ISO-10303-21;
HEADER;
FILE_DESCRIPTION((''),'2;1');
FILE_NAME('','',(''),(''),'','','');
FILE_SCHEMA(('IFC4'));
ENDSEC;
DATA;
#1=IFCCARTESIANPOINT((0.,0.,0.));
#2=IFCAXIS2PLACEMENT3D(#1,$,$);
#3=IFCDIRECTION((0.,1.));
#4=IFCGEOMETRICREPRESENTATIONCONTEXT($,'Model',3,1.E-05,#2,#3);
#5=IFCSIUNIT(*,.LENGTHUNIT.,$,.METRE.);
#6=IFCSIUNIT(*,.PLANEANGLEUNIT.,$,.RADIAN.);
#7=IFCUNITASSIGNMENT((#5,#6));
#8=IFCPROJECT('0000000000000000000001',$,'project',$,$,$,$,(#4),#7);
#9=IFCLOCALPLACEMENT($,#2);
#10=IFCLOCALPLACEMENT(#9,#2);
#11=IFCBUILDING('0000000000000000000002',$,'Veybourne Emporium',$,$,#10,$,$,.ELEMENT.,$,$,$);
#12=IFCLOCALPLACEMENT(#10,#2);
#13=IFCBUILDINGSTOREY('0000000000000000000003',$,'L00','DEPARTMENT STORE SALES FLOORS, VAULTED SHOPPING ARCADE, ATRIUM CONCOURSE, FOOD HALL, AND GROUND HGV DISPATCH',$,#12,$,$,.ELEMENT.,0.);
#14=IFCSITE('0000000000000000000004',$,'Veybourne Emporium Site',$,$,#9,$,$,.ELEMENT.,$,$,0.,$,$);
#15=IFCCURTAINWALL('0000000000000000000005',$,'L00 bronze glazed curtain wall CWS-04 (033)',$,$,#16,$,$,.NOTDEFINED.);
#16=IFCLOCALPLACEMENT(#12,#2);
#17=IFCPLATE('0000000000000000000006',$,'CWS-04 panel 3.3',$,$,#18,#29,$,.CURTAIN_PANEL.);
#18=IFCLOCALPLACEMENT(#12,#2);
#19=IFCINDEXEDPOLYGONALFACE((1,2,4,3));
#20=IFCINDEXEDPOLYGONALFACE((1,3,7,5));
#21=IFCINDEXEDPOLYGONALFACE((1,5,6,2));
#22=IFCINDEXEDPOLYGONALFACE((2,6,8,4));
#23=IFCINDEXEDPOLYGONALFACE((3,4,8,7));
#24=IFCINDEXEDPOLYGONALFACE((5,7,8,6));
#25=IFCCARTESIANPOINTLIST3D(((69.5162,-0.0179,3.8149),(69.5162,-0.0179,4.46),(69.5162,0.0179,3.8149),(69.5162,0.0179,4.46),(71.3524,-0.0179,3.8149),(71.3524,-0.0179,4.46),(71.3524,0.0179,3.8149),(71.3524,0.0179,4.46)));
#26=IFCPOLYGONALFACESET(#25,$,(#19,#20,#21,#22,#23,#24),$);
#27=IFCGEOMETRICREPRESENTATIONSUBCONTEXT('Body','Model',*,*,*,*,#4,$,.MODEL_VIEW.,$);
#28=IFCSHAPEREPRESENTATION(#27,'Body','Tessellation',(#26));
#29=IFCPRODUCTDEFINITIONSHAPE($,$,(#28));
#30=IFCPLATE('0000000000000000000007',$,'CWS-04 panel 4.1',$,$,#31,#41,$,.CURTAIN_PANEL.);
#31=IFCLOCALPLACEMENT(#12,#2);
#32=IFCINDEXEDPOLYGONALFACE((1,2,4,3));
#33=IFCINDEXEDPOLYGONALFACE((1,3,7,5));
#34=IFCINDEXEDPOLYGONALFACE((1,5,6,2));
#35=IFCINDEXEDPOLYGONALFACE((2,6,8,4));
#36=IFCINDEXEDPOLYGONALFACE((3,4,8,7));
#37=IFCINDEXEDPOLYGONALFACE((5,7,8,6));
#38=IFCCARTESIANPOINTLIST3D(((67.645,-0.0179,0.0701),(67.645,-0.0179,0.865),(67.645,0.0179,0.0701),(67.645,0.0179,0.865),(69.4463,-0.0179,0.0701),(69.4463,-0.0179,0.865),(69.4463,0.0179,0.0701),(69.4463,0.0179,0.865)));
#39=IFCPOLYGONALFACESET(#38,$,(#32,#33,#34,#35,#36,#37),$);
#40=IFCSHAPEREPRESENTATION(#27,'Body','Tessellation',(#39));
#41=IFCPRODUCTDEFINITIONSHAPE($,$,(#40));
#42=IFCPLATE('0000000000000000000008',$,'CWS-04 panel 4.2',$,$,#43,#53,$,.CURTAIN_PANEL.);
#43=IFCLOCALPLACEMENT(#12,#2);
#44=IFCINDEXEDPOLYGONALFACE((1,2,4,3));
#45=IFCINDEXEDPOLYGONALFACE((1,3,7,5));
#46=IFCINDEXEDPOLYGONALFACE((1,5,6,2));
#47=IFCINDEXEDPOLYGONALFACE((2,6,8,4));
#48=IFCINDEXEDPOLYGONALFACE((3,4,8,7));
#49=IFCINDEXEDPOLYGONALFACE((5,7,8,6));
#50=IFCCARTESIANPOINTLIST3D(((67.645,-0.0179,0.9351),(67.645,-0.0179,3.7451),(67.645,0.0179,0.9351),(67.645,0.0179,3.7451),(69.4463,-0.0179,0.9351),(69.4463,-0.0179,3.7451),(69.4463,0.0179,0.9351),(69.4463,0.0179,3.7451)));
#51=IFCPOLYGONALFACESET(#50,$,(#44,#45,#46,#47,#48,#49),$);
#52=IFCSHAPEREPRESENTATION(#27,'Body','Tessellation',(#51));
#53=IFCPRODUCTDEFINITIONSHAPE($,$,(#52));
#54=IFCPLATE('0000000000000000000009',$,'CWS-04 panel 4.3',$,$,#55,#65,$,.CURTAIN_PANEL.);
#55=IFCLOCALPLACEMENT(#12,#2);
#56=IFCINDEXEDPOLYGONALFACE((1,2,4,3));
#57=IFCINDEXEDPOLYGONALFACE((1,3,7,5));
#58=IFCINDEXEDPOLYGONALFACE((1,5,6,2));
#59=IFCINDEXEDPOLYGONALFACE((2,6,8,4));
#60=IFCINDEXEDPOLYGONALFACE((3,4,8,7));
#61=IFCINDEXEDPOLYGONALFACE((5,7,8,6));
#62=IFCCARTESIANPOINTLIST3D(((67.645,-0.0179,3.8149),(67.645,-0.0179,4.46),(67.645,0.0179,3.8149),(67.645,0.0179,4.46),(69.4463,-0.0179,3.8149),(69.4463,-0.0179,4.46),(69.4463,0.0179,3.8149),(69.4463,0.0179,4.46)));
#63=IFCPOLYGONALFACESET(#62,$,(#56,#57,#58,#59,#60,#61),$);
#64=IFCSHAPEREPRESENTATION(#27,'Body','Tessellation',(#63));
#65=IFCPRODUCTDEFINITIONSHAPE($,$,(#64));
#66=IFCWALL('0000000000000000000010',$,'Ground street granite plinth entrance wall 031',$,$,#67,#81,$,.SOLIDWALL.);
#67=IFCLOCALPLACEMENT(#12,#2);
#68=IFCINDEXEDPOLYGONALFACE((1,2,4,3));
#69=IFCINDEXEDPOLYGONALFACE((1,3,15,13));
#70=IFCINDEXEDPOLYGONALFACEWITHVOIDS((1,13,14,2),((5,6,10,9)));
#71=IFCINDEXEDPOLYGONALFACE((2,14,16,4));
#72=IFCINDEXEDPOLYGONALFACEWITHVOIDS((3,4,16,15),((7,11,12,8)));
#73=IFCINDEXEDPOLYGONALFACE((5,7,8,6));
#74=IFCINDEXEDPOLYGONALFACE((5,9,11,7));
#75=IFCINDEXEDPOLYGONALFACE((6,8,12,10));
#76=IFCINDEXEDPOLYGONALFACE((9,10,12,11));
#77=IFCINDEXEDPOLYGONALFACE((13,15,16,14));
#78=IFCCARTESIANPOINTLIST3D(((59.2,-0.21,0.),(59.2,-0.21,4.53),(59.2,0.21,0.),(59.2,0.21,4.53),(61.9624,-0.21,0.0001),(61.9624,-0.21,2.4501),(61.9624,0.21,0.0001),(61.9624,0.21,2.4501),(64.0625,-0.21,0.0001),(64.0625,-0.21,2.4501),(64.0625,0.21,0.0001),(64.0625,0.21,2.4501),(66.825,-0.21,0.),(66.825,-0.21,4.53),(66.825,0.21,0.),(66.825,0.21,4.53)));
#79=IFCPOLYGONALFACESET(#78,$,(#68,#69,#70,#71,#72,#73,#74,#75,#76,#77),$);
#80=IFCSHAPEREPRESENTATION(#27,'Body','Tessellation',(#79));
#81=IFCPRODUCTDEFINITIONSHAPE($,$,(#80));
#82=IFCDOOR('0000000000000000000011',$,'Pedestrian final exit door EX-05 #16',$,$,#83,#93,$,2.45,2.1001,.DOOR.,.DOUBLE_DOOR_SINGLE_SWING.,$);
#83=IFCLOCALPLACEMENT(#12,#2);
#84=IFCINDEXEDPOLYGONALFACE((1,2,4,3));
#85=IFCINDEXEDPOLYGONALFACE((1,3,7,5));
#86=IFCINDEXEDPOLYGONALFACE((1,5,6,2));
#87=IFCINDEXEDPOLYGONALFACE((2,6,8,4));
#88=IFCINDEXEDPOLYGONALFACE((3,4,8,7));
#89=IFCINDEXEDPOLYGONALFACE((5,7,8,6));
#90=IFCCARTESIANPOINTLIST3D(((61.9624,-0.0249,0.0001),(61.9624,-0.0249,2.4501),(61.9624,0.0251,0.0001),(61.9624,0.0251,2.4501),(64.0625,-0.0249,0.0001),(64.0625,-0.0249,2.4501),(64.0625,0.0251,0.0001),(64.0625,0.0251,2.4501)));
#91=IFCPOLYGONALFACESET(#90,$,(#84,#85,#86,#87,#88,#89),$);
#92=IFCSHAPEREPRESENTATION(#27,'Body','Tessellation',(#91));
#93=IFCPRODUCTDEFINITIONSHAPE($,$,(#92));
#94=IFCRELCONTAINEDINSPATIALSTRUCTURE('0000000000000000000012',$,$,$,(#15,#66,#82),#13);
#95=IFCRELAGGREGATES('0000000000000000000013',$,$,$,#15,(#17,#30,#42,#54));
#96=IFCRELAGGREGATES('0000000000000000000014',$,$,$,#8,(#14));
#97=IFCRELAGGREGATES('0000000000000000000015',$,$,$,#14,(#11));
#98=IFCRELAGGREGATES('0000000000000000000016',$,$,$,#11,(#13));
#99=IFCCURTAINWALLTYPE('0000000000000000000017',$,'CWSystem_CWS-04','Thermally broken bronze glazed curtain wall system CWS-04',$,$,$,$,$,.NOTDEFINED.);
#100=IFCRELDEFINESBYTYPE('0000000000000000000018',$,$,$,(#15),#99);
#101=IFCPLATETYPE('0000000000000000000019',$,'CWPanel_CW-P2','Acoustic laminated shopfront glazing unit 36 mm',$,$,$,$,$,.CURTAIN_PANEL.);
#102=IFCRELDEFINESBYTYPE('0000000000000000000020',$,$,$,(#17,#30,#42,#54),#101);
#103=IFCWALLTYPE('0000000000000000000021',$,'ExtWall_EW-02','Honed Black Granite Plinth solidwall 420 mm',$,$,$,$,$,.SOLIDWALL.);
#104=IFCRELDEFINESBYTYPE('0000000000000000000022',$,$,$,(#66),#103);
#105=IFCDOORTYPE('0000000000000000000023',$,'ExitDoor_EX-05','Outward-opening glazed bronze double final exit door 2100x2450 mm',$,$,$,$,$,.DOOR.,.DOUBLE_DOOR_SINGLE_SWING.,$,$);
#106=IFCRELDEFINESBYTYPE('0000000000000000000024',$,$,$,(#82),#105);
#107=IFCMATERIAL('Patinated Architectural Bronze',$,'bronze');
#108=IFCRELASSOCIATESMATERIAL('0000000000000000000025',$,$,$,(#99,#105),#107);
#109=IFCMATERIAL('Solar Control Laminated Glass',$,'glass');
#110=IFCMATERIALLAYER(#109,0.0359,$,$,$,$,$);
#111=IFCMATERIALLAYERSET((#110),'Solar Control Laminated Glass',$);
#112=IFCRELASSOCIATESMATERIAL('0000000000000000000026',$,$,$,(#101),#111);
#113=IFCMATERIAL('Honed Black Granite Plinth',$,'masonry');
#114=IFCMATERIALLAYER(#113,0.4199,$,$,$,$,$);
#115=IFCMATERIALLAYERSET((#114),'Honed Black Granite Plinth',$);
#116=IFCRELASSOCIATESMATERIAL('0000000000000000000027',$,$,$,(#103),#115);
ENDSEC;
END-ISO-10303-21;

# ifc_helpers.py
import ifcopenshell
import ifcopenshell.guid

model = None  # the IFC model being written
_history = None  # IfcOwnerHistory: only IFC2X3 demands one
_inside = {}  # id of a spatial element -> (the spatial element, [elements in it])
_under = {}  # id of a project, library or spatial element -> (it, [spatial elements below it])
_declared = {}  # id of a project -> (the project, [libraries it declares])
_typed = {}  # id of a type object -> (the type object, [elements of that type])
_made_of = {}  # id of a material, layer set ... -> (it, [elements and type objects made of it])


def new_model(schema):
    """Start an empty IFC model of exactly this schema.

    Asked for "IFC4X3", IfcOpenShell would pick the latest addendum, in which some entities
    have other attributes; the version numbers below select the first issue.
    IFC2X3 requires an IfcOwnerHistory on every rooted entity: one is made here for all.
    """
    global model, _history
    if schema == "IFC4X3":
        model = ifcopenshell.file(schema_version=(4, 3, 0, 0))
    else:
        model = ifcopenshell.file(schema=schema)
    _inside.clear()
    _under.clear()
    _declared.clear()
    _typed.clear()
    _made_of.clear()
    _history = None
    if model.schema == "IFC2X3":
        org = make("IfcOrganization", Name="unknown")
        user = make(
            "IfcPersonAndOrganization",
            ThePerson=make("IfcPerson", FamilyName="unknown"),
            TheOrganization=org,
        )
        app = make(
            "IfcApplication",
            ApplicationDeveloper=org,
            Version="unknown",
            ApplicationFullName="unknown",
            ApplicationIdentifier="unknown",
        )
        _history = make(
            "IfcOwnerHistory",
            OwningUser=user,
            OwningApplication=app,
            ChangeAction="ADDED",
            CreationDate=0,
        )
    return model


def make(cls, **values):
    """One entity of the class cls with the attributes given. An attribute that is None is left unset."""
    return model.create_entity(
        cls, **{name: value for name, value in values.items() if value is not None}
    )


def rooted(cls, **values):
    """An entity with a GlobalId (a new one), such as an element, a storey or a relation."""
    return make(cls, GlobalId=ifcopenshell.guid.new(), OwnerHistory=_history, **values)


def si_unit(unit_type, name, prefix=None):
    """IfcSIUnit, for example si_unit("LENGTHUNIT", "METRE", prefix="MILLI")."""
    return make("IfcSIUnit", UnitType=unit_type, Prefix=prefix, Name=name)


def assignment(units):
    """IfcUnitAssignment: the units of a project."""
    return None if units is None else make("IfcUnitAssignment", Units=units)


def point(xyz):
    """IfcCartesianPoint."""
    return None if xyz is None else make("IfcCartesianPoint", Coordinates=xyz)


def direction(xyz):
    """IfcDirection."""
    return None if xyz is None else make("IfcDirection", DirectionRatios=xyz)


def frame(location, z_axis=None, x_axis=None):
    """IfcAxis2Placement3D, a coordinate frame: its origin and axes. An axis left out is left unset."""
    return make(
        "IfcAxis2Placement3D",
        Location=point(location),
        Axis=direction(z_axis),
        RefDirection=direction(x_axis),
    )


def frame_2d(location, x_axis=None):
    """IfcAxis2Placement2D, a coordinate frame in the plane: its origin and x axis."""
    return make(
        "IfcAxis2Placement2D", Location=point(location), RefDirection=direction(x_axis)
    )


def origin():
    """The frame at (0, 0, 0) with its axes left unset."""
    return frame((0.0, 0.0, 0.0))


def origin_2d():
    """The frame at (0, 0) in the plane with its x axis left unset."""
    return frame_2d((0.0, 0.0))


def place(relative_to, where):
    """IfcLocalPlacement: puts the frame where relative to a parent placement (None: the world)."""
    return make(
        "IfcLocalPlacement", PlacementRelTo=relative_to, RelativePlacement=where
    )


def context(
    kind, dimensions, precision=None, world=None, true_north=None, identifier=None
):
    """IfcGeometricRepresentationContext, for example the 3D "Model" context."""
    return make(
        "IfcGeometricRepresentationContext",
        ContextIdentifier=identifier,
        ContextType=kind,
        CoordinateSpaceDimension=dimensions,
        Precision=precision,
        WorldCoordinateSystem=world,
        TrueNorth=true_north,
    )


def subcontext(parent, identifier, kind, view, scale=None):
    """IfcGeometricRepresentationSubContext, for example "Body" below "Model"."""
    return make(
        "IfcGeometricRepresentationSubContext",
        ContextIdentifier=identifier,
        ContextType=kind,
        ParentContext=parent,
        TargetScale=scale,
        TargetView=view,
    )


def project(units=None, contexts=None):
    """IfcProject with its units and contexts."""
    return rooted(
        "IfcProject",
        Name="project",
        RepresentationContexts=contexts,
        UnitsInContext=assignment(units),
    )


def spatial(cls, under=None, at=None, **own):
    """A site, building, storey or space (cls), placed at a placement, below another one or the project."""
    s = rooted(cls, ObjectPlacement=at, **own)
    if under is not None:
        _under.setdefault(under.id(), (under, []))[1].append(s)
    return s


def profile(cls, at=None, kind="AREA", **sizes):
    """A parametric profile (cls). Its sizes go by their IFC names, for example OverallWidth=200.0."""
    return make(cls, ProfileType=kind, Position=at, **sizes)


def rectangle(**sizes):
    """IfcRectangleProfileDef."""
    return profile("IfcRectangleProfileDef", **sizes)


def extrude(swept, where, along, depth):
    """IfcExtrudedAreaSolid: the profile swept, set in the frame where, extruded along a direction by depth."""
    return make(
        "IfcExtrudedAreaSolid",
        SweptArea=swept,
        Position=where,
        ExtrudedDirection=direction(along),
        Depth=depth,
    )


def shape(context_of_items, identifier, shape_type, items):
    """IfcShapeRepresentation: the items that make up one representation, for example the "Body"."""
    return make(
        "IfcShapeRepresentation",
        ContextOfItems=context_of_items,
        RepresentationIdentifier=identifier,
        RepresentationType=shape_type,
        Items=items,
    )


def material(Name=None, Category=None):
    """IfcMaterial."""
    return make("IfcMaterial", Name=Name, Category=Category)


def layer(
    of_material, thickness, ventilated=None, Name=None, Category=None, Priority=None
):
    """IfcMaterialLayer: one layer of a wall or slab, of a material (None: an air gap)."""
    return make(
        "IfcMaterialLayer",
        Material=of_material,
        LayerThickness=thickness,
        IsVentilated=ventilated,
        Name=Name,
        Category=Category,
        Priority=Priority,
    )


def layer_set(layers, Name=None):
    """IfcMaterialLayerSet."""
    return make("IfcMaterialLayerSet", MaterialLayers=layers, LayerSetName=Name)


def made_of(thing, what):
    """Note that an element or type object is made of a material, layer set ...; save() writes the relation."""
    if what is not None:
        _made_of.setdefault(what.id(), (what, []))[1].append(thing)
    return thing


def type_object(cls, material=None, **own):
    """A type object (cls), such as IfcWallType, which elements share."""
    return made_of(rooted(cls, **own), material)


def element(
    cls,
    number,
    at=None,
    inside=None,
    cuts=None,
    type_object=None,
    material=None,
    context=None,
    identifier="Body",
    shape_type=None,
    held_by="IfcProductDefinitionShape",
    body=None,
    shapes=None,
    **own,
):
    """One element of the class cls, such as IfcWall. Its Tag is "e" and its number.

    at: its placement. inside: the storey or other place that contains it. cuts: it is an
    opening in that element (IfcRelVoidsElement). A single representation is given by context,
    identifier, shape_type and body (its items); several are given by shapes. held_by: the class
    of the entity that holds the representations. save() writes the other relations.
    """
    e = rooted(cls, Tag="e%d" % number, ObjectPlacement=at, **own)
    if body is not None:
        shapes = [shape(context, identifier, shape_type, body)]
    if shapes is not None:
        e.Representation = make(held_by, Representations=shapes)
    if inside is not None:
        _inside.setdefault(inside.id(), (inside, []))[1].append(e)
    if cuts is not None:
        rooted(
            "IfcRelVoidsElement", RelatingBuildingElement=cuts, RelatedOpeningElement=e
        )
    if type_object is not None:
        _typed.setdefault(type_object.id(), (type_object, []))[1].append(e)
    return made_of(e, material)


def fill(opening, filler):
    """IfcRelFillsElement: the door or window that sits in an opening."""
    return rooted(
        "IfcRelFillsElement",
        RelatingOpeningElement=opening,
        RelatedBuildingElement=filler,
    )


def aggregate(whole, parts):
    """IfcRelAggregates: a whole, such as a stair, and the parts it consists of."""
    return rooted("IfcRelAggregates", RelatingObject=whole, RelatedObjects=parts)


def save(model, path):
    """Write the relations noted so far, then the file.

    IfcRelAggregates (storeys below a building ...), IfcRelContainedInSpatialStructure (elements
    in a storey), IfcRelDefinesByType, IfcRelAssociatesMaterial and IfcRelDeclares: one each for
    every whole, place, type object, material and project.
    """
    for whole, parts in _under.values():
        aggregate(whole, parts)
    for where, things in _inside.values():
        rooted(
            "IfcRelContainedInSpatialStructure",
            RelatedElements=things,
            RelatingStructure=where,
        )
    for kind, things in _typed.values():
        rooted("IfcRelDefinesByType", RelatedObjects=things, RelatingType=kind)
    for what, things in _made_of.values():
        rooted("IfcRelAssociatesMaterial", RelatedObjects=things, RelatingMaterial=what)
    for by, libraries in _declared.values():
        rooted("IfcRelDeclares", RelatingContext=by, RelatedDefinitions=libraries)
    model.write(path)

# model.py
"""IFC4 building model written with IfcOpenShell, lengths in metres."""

from ifc_helpers import new_model, si_unit, direction, frame, frame_2d, origin, origin_2d, place, context, subcontext, project, spatial, rectangle, extrude, material, layer, layer_set, type_object, element, fill, aggregate, save


model = new_model("IFC4")

# Units and contexts
model_context = context("Model", 3, precision=1e-05, world=origin(), true_north=direction((0.0, 1.0)))
body_context = subcontext(model_context, "Body", "Model", "MODEL_VIEW")
ifc_project = project(units=[si_unit("LENGTHUNIT", "METRE"), si_unit("PLANEANGLEUNIT", "RADIAN")], contexts=[model_context])

# Site, building, storey
site_placement = place(None, origin())
site = spatial("IfcSite", under=ifc_project, at=site_placement, Name="Veybourne Emporium Site", CompositionType="ELEMENT", RefElevation=0.0)
building_placement = place(site_placement, origin())
building = spatial("IfcBuilding", under=site, at=building_placement, Name="Veybourne Emporium", CompositionType="ELEMENT")
storey_placement = place(building_placement, origin())
storey = spatial("IfcBuildingStorey", under=building, at=storey_placement, Name="L00", Description="DEPARTMENT STORE SALES FLOORS, VAULTED SHOPPING ARCADE, ATRIUM CONCOURSE, FOOD HALL, AND GROUND HGV DISPATCH", CompositionType="ELEMENT", Elevation=0.0)

# Curtain wall
ifc_material_1 = material(Name="Patinated Architectural Bronze", Category="bronze")
curtain_wall_type = type_object("IfcCurtainWallType", Name="CWSystem_CWS-04", Description="Thermally broken bronze glazed curtain wall system CWS-04", PredefinedType="NOTDEFINED", material=ifc_material_1)
curtain_wall_placement = place(storey_placement, origin())
curtain_wall = element("IfcCurtainWall", 1, at=curtain_wall_placement, inside=storey, type_object=curtain_wall_type, Name="L00 bronze glazed curtain wall CWS-04 (033)", PredefinedType="NOTDEFINED")

# Plates
ifc_material_2 = material(Name="Solar Control Laminated Glass", Category="glass")
ifc_layer_1 = layer(ifc_material_2, 0.0359)
ifc_layer_set_1 = layer_set([ifc_layer_1], Name="Solar Control Laminated Glass")
plate_type = type_object("IfcPlateType", Name="CWPanel_CW-P2", Description="Acoustic laminated shopfront glazing unit 36 mm", PredefinedType="CURTAIN_PANEL", material=ifc_layer_set_1)
plate_1_placement = place(storey_placement, frame((70.4343, 0.0, 3.8149), z_axis=(0.0, 0.0, 1.0), x_axis=(-1.0, 0.0, 0.0)))
plate_1 = element("IfcPlate", 2, at=plate_1_placement, type_object=plate_type, Name="CWS-04 panel 3.3", PredefinedType="CURTAIN_PANEL", context=body_context, shape_type="SweptSolid", body=[
    extrude(rectangle(XDim=1.8362, YDim=0.0359, at=origin_2d()), origin(), (0.0, 0.0, 1.0), 0.645),
])
plate_2_placement = place(storey_placement, frame((68.5457, 0.0, 0.0701), z_axis=(0.0, 0.0, 1.0), x_axis=(-1.0, 0.0, 0.0)))
plate_2 = element("IfcPlate", 3, at=plate_2_placement, type_object=plate_type, Name="CWS-04 panel 4.1", PredefinedType="CURTAIN_PANEL", context=body_context, shape_type="SweptSolid", body=[
    extrude(rectangle(XDim=1.8013, YDim=0.0359, at=origin_2d()), origin(), (0.0, 0.0, 1.0), 0.7949),
])
plate_3_placement = place(storey_placement, frame((68.5457, 0.0, 0.9351), z_axis=(0.0, 0.0, 1.0), x_axis=(-1.0, 0.0, 0.0)))
plate_3 = element("IfcPlate", 4, at=plate_3_placement, type_object=plate_type, Name="CWS-04 panel 4.2", PredefinedType="CURTAIN_PANEL", context=body_context, shape_type="SweptSolid", body=[
    extrude(rectangle(XDim=1.8013, YDim=0.0359, at=origin_2d()), origin(), (0.0, 0.0, 1.0), 2.8101),
])
plate_4_placement = place(storey_placement, frame((68.5457, 0.0, 3.8149), z_axis=(0.0, 0.0, 1.0), x_axis=(-1.0, 0.0, 0.0)))
plate_4 = element("IfcPlate", 5, at=plate_4_placement, type_object=plate_type, Name="CWS-04 panel 4.3", PredefinedType="CURTAIN_PANEL", context=body_context, shape_type="SweptSolid", body=[
    extrude(rectangle(XDim=1.8013, YDim=0.0359, at=origin_2d()), origin(), (0.0, 0.0, 1.0), 0.645),
])
aggregate(curtain_wall, [plate_1, plate_2, plate_3, plate_4])

# Wall, opening, door
ifc_material_3 = material(Name="Honed Black Granite Plinth", Category="masonry")
ifc_layer_2 = layer(ifc_material_3, 0.4199)
ifc_layer_set_2 = layer_set([ifc_layer_2], Name="Honed Black Granite Plinth")
wall_type = type_object("IfcWallType", Name="ExtWall_EW-02", Description="Honed Black Granite Plinth solidwall 420 mm", PredefinedType="SOLIDWALL", material=ifc_layer_set_2)
wall_placement = place(storey_placement, frame((66.825, 0.0, 0.0), z_axis=(0.0, 0.0, 1.0), x_axis=(-1.0, 0.0, 0.0)))
wall = element("IfcWall", 6, at=wall_placement, inside=storey, type_object=wall_type, Name="Ground street granite plinth entrance wall 031", PredefinedType="SOLIDWALL", context=body_context, shape_type="SweptSolid", body=[
    extrude(rectangle(XDim=7.625, YDim=0.4199, at=frame_2d((3.8125, 0.0))), origin(), (0.0, 0.0, 1.0), 4.53),
])
opening_placement = place(wall_placement, frame((2.7625, 0.0, 0.0)))
opening = element("IfcOpeningElement", 7, at=opening_placement, cuts=wall, PredefinedType="OPENING", context=body_context, shape_type="SweptSolid", body=[
    extrude(rectangle(XDim=2.1001, YDim=2.45, at=frame_2d((1.05, 1.2251))), frame((0.0, 0.23, 0.0), z_axis=(0.0, -1.0, 0.0), x_axis=(1.0, 0.0, 0.0)), (0.0, 0.0, 1.0), 0.46),
])
door_type = type_object("IfcDoorType", Name="ExitDoor_EX-05", Description="Outward-opening glazed bronze double final exit door 2100x2450 mm", OperationType="DOUBLE_DOOR_SINGLE_SWING", PredefinedType="DOOR", material=ifc_material_1)
door_placement = place(opening_placement, origin())
door = element("IfcDoor", 8, at=door_placement, inside=storey, type_object=door_type, Name="Pedestrian final exit door EX-05 #16", OperationType="DOUBLE_DOOR_SINGLE_SWING", OverallHeight=2.45, OverallWidth=2.1001, PredefinedType="DOOR", context=body_context, shape_type="SweptSolid", body=[
    extrude(rectangle(XDim=2.1001, YDim=2.45, at=frame_2d((1.05, 1.2251))), frame((0.0, 0.0249, 0.0), z_axis=(0.0, -1.0, 0.0), x_axis=(1.0, 0.0, 0.0)), (0.0, 0.0, 1.0), 0.05),
])
fill(opening, door)

save(model, "model.ifc")
